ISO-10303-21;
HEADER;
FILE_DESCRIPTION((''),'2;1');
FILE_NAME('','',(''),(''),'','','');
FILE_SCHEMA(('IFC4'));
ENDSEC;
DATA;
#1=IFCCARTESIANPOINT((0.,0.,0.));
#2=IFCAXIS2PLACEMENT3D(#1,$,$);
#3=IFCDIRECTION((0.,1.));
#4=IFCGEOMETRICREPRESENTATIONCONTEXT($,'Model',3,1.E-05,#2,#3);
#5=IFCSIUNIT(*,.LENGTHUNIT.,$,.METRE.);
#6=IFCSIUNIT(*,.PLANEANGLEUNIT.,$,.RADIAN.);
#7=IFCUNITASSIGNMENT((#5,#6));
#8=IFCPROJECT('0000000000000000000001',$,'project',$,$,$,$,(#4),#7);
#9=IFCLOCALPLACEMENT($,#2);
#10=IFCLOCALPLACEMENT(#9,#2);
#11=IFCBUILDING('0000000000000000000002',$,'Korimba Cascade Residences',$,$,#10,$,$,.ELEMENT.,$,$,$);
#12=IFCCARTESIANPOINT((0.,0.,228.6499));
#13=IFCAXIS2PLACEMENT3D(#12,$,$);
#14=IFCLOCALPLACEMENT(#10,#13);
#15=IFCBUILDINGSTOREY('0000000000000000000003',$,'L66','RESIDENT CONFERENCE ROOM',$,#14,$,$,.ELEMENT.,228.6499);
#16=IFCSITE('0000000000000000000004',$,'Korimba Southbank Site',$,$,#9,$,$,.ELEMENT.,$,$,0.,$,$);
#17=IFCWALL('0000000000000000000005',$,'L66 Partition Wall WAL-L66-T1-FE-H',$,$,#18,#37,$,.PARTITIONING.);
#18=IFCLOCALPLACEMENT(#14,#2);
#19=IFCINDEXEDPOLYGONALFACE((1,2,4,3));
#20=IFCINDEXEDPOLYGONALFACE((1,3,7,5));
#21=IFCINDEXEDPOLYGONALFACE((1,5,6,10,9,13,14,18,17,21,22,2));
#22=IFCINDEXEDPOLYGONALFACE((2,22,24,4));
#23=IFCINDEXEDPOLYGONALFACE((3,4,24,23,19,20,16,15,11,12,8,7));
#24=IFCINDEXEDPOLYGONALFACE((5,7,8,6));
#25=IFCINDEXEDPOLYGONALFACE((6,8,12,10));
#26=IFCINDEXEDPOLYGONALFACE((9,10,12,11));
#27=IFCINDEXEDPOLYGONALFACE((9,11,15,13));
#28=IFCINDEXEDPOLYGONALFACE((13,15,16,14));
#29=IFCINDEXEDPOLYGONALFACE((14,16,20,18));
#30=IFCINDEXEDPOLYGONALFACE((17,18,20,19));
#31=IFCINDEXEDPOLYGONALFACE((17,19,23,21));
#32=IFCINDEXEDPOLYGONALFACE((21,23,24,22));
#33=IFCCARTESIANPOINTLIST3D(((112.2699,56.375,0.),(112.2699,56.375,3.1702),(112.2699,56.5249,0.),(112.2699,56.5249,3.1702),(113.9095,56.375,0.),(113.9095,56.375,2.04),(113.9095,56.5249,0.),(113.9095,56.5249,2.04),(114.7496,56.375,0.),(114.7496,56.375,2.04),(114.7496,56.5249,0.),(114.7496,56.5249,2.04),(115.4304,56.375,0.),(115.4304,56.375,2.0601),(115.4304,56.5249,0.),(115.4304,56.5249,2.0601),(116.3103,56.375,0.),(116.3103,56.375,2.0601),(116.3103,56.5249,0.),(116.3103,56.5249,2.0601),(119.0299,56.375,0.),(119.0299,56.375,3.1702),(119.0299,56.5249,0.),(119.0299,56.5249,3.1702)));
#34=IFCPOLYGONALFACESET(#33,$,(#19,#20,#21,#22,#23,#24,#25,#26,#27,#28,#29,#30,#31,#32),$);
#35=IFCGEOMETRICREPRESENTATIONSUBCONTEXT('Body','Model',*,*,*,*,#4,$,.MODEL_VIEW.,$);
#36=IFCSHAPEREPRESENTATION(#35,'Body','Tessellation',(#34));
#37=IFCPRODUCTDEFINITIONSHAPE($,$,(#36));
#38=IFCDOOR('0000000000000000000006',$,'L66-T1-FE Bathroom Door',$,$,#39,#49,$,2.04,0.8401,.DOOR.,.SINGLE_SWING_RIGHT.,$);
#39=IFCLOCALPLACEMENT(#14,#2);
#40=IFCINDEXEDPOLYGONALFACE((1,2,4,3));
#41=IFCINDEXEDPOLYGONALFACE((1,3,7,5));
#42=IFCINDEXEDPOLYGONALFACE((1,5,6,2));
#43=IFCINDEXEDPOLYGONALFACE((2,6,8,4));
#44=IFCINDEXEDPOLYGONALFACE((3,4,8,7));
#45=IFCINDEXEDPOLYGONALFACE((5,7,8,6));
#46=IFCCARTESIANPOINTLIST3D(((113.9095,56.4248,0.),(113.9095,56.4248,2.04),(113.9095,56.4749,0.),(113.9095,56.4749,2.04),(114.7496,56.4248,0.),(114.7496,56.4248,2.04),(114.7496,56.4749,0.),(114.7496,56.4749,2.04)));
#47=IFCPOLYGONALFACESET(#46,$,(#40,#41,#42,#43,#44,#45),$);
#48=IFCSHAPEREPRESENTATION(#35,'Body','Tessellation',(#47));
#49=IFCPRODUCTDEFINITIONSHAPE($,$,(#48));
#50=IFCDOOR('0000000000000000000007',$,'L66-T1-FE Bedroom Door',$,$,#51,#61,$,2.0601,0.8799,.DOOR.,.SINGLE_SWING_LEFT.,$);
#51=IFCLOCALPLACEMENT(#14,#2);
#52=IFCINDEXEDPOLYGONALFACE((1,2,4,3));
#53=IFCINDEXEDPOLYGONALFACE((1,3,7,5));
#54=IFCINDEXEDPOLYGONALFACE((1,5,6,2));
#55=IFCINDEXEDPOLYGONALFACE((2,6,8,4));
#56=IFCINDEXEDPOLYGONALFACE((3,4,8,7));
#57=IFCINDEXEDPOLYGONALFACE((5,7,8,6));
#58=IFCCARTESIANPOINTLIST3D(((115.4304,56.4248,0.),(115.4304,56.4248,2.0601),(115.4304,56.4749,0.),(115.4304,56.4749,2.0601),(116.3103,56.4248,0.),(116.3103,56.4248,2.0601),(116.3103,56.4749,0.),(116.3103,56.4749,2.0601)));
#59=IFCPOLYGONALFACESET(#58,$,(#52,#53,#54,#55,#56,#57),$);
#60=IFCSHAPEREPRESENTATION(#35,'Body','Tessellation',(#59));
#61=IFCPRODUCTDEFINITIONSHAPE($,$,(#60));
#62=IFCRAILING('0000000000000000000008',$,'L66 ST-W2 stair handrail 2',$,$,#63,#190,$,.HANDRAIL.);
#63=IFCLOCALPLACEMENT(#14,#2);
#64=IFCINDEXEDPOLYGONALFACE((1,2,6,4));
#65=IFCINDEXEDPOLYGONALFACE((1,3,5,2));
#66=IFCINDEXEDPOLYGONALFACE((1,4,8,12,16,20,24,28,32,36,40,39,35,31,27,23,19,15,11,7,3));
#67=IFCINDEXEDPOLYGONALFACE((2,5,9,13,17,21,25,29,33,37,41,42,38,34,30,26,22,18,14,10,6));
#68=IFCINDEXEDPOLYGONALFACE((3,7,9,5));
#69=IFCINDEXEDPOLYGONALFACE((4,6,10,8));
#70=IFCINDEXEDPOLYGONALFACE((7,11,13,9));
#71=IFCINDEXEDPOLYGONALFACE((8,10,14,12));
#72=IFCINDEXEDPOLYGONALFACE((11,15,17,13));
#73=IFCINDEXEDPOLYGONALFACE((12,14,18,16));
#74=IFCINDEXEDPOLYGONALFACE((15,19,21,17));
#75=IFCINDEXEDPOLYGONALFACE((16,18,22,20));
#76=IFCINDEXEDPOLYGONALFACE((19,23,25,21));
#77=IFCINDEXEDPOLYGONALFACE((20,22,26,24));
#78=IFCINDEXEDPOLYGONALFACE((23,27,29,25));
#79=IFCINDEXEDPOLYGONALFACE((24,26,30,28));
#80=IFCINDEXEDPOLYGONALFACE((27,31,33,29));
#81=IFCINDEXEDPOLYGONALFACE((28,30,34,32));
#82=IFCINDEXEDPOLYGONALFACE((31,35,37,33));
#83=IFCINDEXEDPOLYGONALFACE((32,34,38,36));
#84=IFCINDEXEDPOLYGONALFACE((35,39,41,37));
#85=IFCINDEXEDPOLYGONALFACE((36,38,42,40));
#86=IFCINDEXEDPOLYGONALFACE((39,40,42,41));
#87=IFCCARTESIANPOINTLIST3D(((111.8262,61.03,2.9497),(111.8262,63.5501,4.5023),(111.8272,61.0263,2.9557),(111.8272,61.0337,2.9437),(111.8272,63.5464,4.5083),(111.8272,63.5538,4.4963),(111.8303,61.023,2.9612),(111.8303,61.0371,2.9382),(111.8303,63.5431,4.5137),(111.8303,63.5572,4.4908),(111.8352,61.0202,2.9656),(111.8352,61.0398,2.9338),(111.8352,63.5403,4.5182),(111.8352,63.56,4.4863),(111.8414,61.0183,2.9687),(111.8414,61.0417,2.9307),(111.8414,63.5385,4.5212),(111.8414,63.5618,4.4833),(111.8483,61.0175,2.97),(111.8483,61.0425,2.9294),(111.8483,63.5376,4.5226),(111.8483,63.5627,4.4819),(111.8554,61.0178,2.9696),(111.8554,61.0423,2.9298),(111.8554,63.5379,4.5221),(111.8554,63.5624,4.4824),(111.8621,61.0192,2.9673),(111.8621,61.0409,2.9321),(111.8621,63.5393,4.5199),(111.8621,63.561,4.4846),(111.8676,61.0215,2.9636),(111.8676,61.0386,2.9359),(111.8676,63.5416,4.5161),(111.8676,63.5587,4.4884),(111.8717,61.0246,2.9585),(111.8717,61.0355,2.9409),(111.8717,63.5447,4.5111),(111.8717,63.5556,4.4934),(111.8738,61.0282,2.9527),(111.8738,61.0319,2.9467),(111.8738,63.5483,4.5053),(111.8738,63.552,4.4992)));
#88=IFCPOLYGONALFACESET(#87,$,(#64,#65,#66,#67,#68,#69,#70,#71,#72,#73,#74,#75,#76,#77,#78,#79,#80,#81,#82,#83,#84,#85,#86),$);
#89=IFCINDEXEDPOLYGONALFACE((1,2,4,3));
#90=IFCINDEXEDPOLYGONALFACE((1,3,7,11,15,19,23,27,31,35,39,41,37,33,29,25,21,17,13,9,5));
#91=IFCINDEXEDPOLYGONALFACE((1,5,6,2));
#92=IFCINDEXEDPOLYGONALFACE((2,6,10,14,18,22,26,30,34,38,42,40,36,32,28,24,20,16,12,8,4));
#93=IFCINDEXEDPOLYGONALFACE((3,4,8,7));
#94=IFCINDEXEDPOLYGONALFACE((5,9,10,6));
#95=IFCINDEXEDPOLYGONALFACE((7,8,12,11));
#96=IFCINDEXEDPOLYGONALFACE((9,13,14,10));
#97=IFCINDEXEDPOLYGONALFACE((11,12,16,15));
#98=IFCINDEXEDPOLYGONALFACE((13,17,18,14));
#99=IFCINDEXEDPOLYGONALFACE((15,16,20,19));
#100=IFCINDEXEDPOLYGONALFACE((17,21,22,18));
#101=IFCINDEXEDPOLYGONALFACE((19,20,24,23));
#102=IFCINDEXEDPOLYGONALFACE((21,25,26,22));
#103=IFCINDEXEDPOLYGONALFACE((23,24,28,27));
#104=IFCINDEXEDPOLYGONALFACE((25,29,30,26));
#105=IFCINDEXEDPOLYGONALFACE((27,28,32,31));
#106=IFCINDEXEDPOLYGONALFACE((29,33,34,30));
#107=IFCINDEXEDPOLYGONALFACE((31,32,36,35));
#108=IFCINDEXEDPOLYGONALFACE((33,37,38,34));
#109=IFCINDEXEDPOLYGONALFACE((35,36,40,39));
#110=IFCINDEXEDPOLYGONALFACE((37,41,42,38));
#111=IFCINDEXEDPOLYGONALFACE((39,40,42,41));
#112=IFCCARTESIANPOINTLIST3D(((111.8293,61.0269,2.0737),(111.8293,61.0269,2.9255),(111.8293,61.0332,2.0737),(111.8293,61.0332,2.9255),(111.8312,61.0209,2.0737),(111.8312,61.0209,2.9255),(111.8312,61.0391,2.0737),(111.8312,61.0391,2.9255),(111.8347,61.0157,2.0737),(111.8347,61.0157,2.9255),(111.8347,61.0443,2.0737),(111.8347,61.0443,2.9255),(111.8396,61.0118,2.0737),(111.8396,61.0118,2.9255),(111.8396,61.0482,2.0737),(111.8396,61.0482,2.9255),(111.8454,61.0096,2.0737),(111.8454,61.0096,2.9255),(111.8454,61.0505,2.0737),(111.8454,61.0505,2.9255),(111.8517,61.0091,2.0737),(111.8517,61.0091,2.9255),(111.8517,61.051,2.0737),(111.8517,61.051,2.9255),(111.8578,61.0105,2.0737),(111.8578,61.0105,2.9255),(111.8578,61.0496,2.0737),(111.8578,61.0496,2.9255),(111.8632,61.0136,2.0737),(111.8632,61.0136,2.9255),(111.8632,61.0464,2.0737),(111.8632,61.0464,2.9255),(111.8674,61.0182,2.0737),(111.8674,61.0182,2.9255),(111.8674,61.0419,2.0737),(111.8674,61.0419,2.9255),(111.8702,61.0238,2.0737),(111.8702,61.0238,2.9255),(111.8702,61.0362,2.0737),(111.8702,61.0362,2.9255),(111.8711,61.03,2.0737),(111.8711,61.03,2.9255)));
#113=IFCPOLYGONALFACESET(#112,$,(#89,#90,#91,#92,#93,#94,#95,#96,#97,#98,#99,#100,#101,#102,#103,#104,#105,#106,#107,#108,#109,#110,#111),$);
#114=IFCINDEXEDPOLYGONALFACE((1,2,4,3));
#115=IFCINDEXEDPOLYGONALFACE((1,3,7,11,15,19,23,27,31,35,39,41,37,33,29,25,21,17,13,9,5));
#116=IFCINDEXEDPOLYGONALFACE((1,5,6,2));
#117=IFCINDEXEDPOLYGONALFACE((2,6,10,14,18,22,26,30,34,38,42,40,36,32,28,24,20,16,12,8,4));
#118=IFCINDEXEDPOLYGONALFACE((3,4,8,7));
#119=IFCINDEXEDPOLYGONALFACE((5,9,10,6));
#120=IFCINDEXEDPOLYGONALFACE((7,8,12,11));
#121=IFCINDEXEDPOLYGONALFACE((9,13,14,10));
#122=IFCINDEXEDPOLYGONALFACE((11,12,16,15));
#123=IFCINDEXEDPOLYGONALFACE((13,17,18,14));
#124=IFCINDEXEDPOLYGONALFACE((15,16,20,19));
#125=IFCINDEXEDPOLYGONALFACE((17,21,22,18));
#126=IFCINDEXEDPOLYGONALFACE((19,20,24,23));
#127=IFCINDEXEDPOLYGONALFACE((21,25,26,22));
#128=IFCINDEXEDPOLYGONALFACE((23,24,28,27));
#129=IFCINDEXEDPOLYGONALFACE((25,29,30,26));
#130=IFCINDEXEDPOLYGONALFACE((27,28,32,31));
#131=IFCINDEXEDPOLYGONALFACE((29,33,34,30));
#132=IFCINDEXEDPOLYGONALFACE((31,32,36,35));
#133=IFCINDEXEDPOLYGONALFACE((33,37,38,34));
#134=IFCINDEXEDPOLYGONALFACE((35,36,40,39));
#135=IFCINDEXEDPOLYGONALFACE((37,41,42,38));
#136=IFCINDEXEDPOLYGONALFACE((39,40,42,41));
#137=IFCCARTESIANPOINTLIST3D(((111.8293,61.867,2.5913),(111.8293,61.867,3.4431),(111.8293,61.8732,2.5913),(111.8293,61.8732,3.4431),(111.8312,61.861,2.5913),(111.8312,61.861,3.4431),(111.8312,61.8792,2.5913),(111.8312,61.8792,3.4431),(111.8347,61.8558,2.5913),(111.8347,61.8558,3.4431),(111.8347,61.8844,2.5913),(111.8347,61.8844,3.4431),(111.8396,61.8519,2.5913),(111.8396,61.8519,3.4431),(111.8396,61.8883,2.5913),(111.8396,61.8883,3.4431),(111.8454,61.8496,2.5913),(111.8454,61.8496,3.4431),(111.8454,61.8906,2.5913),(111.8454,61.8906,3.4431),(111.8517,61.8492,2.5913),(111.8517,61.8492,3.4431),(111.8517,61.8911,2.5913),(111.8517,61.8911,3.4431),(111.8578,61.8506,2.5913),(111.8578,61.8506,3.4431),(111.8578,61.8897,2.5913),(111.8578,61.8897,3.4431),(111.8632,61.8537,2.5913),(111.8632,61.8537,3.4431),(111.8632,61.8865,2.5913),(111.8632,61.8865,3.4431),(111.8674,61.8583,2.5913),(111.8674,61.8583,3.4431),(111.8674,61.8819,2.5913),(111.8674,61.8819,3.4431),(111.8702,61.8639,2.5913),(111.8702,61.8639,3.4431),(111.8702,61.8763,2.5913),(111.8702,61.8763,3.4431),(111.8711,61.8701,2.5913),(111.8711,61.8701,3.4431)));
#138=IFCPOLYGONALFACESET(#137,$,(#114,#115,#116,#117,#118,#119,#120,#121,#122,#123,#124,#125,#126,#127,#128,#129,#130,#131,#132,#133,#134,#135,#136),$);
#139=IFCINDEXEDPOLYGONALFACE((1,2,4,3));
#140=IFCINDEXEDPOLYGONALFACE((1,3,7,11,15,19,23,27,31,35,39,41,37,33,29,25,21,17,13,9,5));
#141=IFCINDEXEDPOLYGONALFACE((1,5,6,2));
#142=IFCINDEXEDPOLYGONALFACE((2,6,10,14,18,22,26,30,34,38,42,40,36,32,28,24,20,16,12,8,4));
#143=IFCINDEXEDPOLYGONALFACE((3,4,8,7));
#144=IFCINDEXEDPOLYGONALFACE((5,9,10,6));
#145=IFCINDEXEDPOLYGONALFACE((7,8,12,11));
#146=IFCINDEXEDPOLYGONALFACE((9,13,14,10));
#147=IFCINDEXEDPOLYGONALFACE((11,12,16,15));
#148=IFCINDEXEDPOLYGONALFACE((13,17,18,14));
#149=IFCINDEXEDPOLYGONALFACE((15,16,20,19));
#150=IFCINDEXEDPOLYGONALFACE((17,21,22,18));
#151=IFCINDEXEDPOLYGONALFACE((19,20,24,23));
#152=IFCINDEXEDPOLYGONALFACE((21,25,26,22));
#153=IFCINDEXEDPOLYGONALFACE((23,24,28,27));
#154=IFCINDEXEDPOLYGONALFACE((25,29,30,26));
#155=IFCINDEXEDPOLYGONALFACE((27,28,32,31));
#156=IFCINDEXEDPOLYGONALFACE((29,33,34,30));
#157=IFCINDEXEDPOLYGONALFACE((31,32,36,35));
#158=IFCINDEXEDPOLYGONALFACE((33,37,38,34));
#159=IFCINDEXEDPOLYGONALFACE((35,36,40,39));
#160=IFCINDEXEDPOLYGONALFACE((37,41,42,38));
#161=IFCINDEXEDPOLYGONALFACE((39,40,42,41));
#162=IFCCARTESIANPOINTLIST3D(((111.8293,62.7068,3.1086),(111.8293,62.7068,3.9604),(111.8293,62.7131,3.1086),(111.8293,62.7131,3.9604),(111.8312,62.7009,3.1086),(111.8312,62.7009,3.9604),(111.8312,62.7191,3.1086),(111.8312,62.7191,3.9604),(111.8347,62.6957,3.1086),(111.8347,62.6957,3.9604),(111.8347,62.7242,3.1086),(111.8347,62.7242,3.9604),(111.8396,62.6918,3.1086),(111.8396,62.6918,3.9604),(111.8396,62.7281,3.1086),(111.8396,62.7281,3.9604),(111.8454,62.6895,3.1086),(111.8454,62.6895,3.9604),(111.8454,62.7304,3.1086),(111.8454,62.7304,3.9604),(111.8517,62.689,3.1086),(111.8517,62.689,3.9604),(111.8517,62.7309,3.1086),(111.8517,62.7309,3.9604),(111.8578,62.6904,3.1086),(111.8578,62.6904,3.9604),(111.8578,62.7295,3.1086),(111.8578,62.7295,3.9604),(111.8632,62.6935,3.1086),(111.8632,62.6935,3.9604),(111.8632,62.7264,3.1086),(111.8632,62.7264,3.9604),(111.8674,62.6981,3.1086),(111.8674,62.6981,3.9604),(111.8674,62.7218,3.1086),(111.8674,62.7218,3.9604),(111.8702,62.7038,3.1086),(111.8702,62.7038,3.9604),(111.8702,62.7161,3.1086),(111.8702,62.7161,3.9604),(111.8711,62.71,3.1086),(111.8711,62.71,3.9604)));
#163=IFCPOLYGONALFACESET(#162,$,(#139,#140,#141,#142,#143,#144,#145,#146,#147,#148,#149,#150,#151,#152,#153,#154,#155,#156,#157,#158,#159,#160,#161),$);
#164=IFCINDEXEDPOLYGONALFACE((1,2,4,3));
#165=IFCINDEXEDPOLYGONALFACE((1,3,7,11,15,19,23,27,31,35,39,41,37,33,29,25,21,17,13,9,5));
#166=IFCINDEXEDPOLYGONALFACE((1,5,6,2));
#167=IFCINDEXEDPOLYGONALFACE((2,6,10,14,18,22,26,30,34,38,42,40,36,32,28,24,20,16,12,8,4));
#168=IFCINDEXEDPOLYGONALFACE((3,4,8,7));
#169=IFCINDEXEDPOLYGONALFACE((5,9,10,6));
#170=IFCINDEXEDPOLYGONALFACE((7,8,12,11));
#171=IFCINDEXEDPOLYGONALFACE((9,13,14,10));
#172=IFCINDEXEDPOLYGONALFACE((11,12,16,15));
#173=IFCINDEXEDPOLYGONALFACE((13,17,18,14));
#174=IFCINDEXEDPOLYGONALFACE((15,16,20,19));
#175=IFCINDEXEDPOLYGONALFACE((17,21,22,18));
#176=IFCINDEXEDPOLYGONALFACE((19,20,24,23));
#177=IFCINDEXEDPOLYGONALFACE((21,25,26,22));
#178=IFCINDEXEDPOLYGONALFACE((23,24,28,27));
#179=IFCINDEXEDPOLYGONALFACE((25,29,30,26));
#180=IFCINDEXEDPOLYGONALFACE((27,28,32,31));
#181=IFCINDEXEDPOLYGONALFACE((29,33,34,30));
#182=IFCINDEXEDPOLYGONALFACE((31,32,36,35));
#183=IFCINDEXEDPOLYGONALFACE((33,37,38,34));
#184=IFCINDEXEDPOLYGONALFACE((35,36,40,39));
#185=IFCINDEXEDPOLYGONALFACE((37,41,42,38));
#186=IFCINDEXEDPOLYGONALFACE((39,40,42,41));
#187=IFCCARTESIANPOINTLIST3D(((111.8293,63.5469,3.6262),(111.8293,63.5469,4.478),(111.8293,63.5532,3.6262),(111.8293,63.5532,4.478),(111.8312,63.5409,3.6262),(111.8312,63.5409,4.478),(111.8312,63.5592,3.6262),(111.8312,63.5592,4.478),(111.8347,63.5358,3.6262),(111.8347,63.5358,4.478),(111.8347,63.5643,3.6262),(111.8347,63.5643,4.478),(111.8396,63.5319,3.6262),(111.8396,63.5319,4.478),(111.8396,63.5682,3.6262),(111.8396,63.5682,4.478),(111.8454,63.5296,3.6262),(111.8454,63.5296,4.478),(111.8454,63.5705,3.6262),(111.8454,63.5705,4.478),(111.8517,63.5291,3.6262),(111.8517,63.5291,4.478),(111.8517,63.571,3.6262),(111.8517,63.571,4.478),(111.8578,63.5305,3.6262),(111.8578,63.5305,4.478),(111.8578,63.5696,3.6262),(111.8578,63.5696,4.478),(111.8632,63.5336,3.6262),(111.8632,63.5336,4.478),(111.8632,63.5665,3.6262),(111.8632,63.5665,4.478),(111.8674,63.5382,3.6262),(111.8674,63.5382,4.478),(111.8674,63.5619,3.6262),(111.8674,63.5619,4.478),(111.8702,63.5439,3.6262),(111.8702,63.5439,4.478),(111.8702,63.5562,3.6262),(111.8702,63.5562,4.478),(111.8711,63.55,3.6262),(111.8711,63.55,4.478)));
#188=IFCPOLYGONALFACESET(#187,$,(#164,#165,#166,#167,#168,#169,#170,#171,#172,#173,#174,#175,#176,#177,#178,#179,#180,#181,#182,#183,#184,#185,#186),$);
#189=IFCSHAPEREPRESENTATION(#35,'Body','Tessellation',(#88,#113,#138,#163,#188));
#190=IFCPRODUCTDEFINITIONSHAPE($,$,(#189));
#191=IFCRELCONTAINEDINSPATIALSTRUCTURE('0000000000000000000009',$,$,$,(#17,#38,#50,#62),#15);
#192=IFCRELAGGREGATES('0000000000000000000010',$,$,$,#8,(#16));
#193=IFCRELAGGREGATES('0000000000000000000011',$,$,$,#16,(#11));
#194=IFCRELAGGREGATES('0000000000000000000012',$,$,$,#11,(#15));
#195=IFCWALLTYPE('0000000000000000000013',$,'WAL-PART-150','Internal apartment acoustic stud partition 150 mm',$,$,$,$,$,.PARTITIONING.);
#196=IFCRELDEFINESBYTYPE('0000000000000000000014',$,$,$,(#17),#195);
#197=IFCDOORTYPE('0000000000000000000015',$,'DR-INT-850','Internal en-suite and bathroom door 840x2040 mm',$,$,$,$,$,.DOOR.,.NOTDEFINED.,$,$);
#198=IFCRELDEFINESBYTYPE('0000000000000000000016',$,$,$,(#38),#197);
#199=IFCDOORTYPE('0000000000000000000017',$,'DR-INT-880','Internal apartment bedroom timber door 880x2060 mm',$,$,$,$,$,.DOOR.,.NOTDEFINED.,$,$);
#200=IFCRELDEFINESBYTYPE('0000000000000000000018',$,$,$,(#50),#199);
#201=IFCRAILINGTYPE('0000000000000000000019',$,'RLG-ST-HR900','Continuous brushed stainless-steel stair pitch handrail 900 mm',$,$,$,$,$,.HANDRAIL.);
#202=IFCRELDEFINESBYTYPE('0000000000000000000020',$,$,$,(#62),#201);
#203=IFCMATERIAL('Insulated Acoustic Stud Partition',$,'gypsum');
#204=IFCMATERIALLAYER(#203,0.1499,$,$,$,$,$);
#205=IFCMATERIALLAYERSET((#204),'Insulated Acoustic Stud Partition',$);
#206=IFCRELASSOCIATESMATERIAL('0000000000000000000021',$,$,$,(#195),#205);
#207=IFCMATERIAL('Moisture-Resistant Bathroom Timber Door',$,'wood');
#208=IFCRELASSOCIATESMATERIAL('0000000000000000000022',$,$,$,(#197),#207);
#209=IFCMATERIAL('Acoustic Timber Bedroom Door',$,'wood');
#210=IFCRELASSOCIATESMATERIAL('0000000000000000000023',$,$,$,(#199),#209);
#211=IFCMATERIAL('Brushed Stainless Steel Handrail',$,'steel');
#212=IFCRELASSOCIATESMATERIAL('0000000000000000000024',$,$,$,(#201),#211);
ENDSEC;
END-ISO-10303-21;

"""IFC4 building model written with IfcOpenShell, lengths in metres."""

from ifc_helpers import new_model, si_unit, direction, frame, frame_2d, origin, origin_2d, place, context, subcontext, project, spatial, rectangle, circle, extrude, material, layer, layer_set, type_object, element, fill, save


model = new_model("IFC4")

# Units and contexts
model_context = context("Model", 3, precision=1e-05, world=origin(), true_north=direction((0.0, 1.0)))
body_context = subcontext(model_context, "Body", "Model", "MODEL_VIEW")
ifc_project = project(units=[si_unit("LENGTHUNIT", "METRE"), si_unit("PLANEANGLEUNIT", "RADIAN")], contexts=[model_context])

# Site, building, storey
site_placement = place(None, origin())
site = spatial("IfcSite", under=ifc_project, at=site_placement, Name="Korimba Southbank Site", CompositionType="ELEMENT", RefElevation=0.0)
building_placement = place(site_placement, origin())
building = spatial("IfcBuilding", under=site, at=building_placement, Name="Korimba Cascade Residences", CompositionType="ELEMENT")
storey_placement = place(building_placement, frame((0.0, 0.0, 228.6499)))
storey = spatial("IfcBuildingStorey", under=building, at=storey_placement, Name="L66", Description="RESIDENT CONFERENCE ROOM", CompositionType="ELEMENT", Elevation=228.6499)

# Shared definitions
ifc_material_1 = material(Name="Insulated Acoustic Stud Partition", Category="gypsum")
ifc_layer_1 = layer(ifc_material_1, 0.1499)
ifc_layer_set_1 = layer_set([ifc_layer_1], Name="Insulated Acoustic Stud Partition")
wall_type_1 = type_object("IfcWallType", Name="WAL-PART-150", Description="Internal apartment acoustic stud partition 150 mm", PredefinedType="PARTITIONING", material=ifc_layer_set_1)
ifc_material_2 = material(Name="Moisture-Resistant Bathroom Timber Door", Category="wood")
door_type_1 = type_object("IfcDoorType", Name="DR-INT-850", Description="Internal en-suite and bathroom door 840x2040 mm", OperationType="NOTDEFINED", PredefinedType="DOOR", material=ifc_material_2)
ifc_material_3 = material(Name="Acoustic Timber Bedroom Door", Category="wood")
door_type_2 = type_object("IfcDoorType", Name="DR-INT-880", Description="Internal apartment bedroom timber door 880x2060 mm", OperationType="NOTDEFINED", PredefinedType="DOOR", material=ifc_material_3)

# Wall, openings, doors
wall_1_placement = place(storey_placement, frame((112.27, 56.45, 0.0), z_axis=(0.0, 0.0, 1.0), x_axis=(1.0, 0.0, 0.0)))
wall_1 = element("IfcWall", 1, at=wall_1_placement, inside=storey, type_object=wall_type_1, Name="L66 Partition Wall WAL-L66-T1-FE-H", PredefinedType="PARTITIONING", context=body_context, shape_type="SweptSolid", body=[
    extrude(rectangle(XDim=6.76, YDim=0.1499, at=frame_2d((3.3799, 0.0))), origin(), (0.0, 0.0, 1.0), 3.1702),
])
opening_1_placement = place(wall_1_placement, frame((1.6396, 0.0, 0.0)))
opening_1 = element("IfcOpeningElement", 2, at=opening_1_placement, cuts=wall_1, PredefinedType="OPENING", context=body_context, shape_type="SweptSolid", body=[
    extrude(rectangle(XDim=0.8401, YDim=2.04, at=frame_2d((0.4199, 1.02))), frame((0.0, 0.085, 0.0), z_axis=(0.0, -1.0, 0.0), x_axis=(1.0, 0.0, 0.0)), (0.0, 0.0, 1.0), 0.1699),
])
opening_2_placement = place(wall_1_placement, frame((3.1604, 0.0, 0.0)))
opening_2 = element("IfcOpeningElement", 3, at=opening_2_placement, cuts=wall_1, PredefinedType="OPENING", context=body_context, shape_type="SweptSolid", body=[
    extrude(rectangle(XDim=0.8799, YDim=2.0601, at=frame_2d((0.4399, 1.03))), frame((0.0, 0.085, 0.0), z_axis=(0.0, -1.0, 0.0), x_axis=(1.0, 0.0, 0.0)), (0.0, 0.0, 1.0), 0.1699),
])
door_1_placement = place(opening_1_placement, origin())
door_1 = element("IfcDoor", 4, at=door_1_placement, inside=storey, type_object=door_type_1, Name="L66-T1-FE Bathroom Door", OperationType="SINGLE_SWING_RIGHT", OverallHeight=2.04, OverallWidth=0.8401, PredefinedType="DOOR", context=body_context, shape_type="SweptSolid", body=[
    extrude(rectangle(XDim=0.8401, YDim=2.04, at=frame_2d((0.4199, 1.02))), frame((0.0, 0.0249, 0.0), z_axis=(0.0, -1.0, 0.0), x_axis=(1.0, 0.0, 0.0)), (0.0, 0.0, 1.0), 0.05),
])
fill(opening_1, door_1)
door_2_placement = place(opening_2_placement, origin())
door_2 = element("IfcDoor", 5, at=door_2_placement, inside=storey, type_object=door_type_2, Name="L66-T1-FE Bedroom Door", OperationType="SINGLE_SWING_LEFT", OverallHeight=2.0601, OverallWidth=0.8799, PredefinedType="DOOR", context=body_context, shape_type="SweptSolid", body=[
    extrude(rectangle(XDim=0.8799, YDim=2.0601, at=frame_2d((0.4399, 1.03))), frame((0.0, 0.0249, 0.0), z_axis=(0.0, -1.0, 0.0), x_axis=(1.0, 0.0, 0.0)), (0.0, 0.0, 1.0), 0.05),
])
fill(opening_2, door_2)

# Railing
ifc_material_4 = material(Name="Brushed Stainless Steel Handrail", Category="steel")
railing_type = type_object("IfcRailingType", Name="RLG-ST-HR900", Description="Continuous brushed stainless-steel stair pitch handrail 900 mm", PredefinedType="HANDRAIL", material=ifc_material_4)
railing_placement = place(storey_placement, frame((111.8501, 61.03, 2.0737)))
element("IfcRailing", 6, at=railing_placement, inside=storey, type_object=railing_type, Name="L66 ST-W2 stair handrail 2", PredefinedType="HANDRAIL", context=body_context, shape_type="SweptSolid", body=[
    extrude(circle(Radius=0.0239, at=origin_2d()), frame((0.0, 0.0, 0.876), z_axis=(0.0, 0.8514, 0.524516), x_axis=(-1.0, 0.0, 0.0)), (0.0, 0.0, 1.0), 2.96),
    extrude(circle(Radius=0.021, at=origin_2d()), origin(), (0.0, 0.0, 1.0), 0.8518),
    extrude(circle(Radius=0.021, at=origin_2d()), frame((0.0, 0.8401, 0.5176)), (0.0, 0.0, 1.0), 0.8518),
    extrude(circle(Radius=0.021, at=origin_2d()), frame((0.0, 1.6799, 1.0349)), (0.0, 0.0, 1.0), 0.8518),
    extrude(circle(Radius=0.021, at=origin_2d()), frame((0.0, 2.52, 1.5525)), (0.0, 0.0, 1.0), 0.8518),
])

save(model, "model.ifc")
